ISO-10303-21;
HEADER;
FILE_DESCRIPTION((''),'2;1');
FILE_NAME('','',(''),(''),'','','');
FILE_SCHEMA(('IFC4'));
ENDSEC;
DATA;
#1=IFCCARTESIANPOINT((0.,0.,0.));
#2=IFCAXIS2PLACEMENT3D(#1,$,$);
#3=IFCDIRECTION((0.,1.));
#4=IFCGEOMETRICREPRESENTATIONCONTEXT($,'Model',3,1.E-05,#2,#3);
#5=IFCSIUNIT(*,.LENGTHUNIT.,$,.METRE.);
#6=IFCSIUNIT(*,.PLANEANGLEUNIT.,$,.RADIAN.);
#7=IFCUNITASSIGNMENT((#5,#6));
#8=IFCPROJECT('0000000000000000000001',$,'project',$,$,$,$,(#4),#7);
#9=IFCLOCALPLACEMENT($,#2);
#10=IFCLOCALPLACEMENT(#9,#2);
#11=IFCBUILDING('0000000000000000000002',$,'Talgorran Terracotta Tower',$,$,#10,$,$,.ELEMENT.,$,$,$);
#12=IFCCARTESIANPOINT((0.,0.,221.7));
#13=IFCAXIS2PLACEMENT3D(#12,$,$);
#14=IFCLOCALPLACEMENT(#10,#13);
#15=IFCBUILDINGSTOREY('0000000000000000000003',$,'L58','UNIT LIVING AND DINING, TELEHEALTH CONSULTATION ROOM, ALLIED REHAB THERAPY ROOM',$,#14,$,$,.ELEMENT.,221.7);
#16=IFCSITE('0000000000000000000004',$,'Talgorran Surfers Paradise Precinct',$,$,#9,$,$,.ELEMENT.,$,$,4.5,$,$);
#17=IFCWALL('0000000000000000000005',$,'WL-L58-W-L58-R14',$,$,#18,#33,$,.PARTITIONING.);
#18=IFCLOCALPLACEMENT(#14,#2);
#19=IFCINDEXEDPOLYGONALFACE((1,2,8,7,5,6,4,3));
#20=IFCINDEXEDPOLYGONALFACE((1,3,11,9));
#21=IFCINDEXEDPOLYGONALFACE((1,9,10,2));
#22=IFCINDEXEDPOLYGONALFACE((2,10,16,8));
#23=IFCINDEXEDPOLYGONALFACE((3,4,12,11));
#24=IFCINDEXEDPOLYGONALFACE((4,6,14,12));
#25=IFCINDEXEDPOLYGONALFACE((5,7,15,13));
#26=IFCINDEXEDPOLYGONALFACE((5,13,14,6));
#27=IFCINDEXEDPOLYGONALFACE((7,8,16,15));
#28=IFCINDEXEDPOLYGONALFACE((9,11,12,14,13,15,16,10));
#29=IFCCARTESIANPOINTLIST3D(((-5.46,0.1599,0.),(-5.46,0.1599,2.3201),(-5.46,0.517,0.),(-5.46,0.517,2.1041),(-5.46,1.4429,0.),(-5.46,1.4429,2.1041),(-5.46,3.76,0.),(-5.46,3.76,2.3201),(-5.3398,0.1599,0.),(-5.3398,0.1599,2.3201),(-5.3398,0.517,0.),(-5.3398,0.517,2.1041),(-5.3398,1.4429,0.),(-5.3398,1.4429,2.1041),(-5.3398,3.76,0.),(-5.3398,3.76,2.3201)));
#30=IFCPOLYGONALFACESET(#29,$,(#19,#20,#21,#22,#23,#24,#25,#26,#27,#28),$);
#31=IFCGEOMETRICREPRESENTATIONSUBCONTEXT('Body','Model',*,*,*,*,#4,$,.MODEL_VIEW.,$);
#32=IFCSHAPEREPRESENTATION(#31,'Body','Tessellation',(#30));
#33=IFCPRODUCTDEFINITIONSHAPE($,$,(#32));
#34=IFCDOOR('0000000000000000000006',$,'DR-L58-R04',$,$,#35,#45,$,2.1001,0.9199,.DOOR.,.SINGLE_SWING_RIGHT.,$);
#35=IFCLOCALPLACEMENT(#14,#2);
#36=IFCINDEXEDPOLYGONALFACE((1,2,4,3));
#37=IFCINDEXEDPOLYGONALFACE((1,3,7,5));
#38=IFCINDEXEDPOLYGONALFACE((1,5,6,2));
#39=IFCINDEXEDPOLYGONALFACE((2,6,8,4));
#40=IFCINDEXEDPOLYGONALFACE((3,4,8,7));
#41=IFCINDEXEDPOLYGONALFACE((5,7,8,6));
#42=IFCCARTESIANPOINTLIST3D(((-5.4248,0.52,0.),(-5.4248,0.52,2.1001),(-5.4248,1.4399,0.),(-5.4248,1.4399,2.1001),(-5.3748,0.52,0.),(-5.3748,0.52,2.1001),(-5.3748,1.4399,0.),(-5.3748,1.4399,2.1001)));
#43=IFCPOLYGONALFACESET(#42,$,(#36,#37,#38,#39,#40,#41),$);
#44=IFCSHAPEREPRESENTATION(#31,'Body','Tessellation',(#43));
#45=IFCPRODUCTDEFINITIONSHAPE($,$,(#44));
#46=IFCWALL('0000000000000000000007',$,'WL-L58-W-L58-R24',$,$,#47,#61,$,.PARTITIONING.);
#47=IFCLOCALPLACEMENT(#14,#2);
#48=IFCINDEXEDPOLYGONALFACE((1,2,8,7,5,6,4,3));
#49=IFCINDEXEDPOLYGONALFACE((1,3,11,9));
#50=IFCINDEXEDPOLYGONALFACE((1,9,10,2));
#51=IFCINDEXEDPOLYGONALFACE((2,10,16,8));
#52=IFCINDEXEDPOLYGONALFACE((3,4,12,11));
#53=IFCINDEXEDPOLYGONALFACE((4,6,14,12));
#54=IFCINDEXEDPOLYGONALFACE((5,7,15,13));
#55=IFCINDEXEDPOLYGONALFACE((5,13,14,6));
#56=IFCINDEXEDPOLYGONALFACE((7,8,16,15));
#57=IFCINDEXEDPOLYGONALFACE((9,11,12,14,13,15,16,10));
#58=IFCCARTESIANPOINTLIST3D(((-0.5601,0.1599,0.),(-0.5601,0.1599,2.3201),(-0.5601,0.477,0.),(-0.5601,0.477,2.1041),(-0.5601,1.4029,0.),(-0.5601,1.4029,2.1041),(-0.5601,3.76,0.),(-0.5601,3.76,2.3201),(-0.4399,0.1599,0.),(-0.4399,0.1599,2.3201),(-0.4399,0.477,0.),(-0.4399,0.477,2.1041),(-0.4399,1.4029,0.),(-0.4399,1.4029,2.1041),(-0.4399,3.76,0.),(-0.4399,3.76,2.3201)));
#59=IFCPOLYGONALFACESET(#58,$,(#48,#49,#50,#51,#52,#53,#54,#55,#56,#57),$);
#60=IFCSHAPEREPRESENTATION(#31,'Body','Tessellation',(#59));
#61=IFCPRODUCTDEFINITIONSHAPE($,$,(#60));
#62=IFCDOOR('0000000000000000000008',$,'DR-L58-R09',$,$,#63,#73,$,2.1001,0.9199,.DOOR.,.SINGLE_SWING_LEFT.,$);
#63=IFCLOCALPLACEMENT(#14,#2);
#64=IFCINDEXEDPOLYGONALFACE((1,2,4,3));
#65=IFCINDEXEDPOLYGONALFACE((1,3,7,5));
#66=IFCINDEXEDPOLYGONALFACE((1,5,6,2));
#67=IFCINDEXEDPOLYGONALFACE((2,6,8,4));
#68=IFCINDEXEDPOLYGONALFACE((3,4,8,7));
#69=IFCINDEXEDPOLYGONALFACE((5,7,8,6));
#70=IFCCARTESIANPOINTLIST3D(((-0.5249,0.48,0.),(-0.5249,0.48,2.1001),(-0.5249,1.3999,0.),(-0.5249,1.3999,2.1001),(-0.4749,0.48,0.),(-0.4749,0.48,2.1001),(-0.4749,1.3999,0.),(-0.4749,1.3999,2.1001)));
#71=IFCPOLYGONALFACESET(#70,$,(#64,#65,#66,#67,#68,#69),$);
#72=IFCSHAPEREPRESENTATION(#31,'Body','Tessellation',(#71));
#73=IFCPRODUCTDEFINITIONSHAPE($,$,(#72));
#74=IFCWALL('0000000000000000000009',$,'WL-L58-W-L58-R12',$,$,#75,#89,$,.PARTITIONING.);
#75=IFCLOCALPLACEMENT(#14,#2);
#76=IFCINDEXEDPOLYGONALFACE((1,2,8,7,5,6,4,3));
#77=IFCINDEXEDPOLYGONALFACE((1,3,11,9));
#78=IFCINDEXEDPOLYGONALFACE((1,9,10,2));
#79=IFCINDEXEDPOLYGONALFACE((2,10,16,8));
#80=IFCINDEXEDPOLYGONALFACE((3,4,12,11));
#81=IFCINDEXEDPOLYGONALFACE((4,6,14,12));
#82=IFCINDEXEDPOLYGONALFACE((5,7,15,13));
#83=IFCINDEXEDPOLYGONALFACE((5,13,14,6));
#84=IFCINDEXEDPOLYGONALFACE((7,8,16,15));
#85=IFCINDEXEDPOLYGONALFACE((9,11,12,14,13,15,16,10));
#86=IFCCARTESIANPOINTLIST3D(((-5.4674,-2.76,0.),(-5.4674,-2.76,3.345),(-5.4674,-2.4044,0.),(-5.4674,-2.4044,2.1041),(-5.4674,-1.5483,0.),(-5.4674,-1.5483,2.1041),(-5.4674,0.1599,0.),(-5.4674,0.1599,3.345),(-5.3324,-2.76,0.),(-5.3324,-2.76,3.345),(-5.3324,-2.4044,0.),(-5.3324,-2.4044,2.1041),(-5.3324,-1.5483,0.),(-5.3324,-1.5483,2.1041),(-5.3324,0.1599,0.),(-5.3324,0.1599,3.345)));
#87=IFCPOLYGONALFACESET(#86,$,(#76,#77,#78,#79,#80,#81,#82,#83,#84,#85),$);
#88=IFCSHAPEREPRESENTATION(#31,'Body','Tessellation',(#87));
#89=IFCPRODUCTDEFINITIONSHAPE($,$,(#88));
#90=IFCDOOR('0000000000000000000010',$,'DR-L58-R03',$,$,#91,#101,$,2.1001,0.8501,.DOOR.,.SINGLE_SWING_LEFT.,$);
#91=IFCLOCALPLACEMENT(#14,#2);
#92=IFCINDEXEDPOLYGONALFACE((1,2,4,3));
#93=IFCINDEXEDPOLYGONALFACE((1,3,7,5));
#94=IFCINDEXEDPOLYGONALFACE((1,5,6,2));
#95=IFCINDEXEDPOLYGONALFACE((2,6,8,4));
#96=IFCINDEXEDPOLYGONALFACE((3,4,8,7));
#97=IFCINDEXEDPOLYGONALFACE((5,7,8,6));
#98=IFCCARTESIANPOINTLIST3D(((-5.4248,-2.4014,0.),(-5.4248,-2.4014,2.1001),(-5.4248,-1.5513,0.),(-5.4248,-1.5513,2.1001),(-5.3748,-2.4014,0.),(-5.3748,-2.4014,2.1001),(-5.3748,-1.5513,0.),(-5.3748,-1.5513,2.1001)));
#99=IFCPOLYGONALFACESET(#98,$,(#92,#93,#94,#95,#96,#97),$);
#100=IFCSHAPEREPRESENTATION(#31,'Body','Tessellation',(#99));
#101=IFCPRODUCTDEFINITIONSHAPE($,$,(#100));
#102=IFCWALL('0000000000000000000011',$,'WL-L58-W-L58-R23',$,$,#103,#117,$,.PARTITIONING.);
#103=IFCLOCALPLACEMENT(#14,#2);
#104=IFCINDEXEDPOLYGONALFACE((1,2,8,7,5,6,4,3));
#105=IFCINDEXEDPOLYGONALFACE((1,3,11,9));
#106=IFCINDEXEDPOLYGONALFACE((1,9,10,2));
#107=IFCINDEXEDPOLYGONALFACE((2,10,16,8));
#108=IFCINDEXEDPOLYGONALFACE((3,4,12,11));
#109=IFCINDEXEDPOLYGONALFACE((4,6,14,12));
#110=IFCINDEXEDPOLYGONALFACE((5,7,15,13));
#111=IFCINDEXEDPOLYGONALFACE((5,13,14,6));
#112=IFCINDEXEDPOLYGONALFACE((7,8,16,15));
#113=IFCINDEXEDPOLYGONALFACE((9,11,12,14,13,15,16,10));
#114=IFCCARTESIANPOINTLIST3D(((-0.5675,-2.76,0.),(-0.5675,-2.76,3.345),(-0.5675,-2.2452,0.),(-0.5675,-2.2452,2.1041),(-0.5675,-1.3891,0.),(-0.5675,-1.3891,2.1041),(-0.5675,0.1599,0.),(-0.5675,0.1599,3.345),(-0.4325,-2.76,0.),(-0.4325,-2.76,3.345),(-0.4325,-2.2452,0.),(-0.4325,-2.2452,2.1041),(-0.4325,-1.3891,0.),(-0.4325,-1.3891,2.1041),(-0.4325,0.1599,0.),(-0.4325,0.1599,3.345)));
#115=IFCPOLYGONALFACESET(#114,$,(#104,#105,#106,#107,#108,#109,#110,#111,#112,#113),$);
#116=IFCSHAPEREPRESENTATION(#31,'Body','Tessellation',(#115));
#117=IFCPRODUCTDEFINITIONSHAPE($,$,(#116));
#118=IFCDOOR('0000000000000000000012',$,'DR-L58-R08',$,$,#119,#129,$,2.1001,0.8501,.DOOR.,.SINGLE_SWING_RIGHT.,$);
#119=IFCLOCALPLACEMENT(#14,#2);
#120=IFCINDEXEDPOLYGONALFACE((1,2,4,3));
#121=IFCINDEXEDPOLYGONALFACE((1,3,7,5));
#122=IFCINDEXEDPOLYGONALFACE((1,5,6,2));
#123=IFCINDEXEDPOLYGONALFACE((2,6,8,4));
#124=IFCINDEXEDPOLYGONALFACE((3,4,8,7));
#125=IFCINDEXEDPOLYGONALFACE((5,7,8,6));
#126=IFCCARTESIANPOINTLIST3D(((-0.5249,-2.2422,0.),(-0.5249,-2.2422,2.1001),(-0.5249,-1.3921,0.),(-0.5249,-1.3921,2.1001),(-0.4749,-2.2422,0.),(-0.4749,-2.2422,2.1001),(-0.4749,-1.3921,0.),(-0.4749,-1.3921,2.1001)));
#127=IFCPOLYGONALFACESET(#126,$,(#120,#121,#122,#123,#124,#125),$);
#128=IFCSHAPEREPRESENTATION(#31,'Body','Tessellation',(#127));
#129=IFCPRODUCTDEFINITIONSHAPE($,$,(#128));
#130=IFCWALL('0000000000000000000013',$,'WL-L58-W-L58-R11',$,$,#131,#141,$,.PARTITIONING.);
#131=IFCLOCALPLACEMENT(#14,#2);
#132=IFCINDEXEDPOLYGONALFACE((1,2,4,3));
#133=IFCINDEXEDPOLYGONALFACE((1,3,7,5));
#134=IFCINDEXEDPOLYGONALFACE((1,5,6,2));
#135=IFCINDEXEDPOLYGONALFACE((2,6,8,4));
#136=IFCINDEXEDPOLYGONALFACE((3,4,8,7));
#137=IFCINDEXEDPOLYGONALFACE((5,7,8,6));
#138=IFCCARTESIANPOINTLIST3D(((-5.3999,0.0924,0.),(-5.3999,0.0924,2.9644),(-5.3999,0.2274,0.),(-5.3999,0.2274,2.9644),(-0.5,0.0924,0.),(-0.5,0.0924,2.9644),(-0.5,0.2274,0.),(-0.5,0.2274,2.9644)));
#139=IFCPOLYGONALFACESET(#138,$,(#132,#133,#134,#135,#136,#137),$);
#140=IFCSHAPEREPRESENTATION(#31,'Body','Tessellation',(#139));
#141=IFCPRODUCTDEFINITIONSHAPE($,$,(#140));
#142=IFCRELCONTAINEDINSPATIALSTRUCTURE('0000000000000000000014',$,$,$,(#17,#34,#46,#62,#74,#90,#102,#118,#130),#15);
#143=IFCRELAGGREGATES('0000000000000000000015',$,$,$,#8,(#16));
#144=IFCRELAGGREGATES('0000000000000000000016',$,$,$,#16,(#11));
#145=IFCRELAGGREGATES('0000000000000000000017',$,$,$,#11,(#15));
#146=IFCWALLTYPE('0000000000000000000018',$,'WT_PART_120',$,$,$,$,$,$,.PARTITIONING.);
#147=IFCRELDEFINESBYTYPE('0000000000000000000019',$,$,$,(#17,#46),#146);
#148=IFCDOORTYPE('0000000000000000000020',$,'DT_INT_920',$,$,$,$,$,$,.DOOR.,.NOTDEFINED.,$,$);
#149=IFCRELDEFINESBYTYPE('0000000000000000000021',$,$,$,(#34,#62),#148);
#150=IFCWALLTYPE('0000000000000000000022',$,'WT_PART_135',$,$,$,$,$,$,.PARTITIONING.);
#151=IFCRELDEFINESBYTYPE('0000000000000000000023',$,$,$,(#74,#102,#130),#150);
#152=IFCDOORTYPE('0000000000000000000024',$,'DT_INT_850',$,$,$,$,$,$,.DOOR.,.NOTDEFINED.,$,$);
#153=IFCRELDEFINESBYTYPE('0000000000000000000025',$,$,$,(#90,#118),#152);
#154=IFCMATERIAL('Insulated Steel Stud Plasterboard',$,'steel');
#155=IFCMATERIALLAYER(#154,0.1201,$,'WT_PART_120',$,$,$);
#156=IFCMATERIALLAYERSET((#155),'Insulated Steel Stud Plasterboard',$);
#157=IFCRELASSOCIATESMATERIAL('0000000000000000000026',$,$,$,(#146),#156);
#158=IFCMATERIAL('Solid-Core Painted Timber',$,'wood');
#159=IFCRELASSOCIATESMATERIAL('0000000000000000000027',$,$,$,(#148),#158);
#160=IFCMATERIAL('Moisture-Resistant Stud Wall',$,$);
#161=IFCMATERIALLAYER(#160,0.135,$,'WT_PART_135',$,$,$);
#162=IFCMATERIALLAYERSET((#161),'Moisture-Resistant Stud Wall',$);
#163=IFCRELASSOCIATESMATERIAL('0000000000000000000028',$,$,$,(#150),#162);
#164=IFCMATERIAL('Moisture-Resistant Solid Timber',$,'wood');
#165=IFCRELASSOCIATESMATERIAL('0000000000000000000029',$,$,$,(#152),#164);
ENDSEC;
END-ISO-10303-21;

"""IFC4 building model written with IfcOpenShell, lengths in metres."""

from ifc_helpers import new_model, si_unit, direction, frame, frame_2d, origin, place, context, subcontext, project, spatial, rectangle, extrude, material, layer, layer_set, type_object, element, fill, save


model = new_model("IFC4")

# Units and contexts
model_context = context("Model", 3, precision=1e-05, world=origin(), true_north=direction((0.0, 1.0)))
body_context = subcontext(model_context, "Body", "Model", "MODEL_VIEW")
ifc_project = project(units=[si_unit("LENGTHUNIT", "METRE"), si_unit("PLANEANGLEUNIT", "RADIAN")], contexts=[model_context])

# Site, building, storey
site_placement = place(None, origin())
site = spatial("IfcSite", under=ifc_project, at=site_placement, Name="Talgorran Surfers Paradise Precinct", CompositionType="ELEMENT", RefElevation=4.5)
building_placement = place(site_placement, origin())
building = spatial("IfcBuilding", under=site, at=building_placement, Name="Talgorran Terracotta Tower", CompositionType="ELEMENT")
storey_placement = place(building_placement, frame((0.0, 0.0, 221.7)))
storey = spatial("IfcBuildingStorey", under=building, at=storey_placement, Name="L58", Description="UNIT LIVING AND DINING, TELEHEALTH CONSULTATION ROOM, ALLIED REHAB THERAPY ROOM", CompositionType="ELEMENT", Elevation=221.7)

# Walls, openings, doors
ifc_material_1 = material(Name="Insulated Steel Stud Plasterboard", Category="steel")
ifc_layer_1 = layer(ifc_material_1, 0.1201, Name="WT_PART_120")
ifc_layer_set_1 = layer_set([ifc_layer_1], Name="Insulated Steel Stud Plasterboard")
wall_type_1 = type_object("IfcWallType", Name="WT_PART_120", PredefinedType="PARTITIONING", material=ifc_layer_set_1)
wall_1_placement = place(storey_placement, frame((-5.3999, 0.1599, 0.0), z_axis=(0.0, 0.0, 1.0), x_axis=(0.0, 1.0, 0.0)))
wall_1 = element("IfcWall", 1, at=wall_1_placement, inside=storey, type_object=wall_type_1, Name="WL-L58-W-L58-R14", PredefinedType="PARTITIONING", context=body_context, shape_type="SweptSolid", body=[
    extrude(rectangle(XDim=3.6001, YDim=0.1201, at=frame_2d((1.8, 0.0))), origin(), (0.0, 0.0, 1.0), 2.3201),
])
opening_1_placement = place(wall_1_placement, frame((0.3601, 0.0, 0.0)))
opening_1 = element("IfcOpeningElement", 2, at=opening_1_placement, cuts=wall_1, PredefinedType="OPENING", context=body_context, shape_type="SweptSolid", body=[
    extrude(rectangle(XDim=0.9259, YDim=2.1041, at=frame_2d((0.46, 1.052))), frame((0.0, 0.0701, 0.0), z_axis=(0.0, -1.0, 0.0), x_axis=(1.0, 0.0, 0.0)), (0.0, 0.0, 1.0), 0.1401),
])
ifc_material_2 = material(Name="Solid-Core Painted Timber", Category="wood")
door_type_1 = type_object("IfcDoorType", Name="DT_INT_920", OperationType="NOTDEFINED", PredefinedType="DOOR", material=ifc_material_2)
door_1_placement = place(opening_1_placement, origin())
door_1 = element("IfcDoor", 3, at=door_1_placement, inside=storey, type_object=door_type_1, Name="DR-L58-R04", OperationType="SINGLE_SWING_RIGHT", OverallHeight=2.1001, OverallWidth=0.9199, PredefinedType="DOOR", context=body_context, shape_type="SweptSolid", body=[
    extrude(rectangle(XDim=0.9199, YDim=2.1001, at=frame_2d((0.46, 1.05))), frame((0.0, 0.0249, 0.0), z_axis=(0.0, -1.0, 0.0), x_axis=(1.0, 0.0, 0.0)), (0.0, 0.0, 1.0), 0.05),
])
fill(opening_1, door_1)
wall_2_placement = place(storey_placement, frame((-0.5, 0.1599, 0.0), z_axis=(0.0, 0.0, 1.0), x_axis=(0.0, 1.0, 0.0)))
wall_2 = element("IfcWall", 4, at=wall_2_placement, inside=storey, type_object=wall_type_1, Name="WL-L58-W-L58-R24", PredefinedType="PARTITIONING", context=body_context, shape_type="SweptSolid", body=[
    extrude(rectangle(XDim=3.6001, YDim=0.1201, at=frame_2d((1.8, 0.0))), origin(), (0.0, 0.0, 1.0), 2.3201),
])
opening_2_placement = place(wall_2_placement, frame((0.3201, 0.0, 0.0)))
opening_2 = element("IfcOpeningElement", 5, at=opening_2_placement, cuts=wall_2, PredefinedType="OPENING", context=body_context, shape_type="SweptSolid", body=[
    extrude(rectangle(XDim=0.9259, YDim=2.1041, at=frame_2d((0.46, 1.052))), frame((0.0, 0.0701, 0.0), z_axis=(0.0, -1.0, 0.0), x_axis=(1.0, 0.0, 0.0)), (0.0, 0.0, 1.0), 0.1401),
])
door_2_placement = place(opening_2_placement, origin())
door_2 = element("IfcDoor", 6, at=door_2_placement, inside=storey, type_object=door_type_1, Name="DR-L58-R09", OperationType="SINGLE_SWING_LEFT", OverallHeight=2.1001, OverallWidth=0.9199, PredefinedType="DOOR", context=body_context, shape_type="SweptSolid", body=[
    extrude(rectangle(XDim=0.9199, YDim=2.1001, at=frame_2d((0.46, 1.05))), frame((0.0, 0.0249, 0.0), z_axis=(0.0, -1.0, 0.0), x_axis=(1.0, 0.0, 0.0)), (0.0, 0.0, 1.0), 0.05),
])
fill(opening_2, door_2)
ifc_material_3 = material(Name="Moisture-Resistant Stud Wall")
ifc_layer_2 = layer(ifc_material_3, 0.135, Name="WT_PART_135")
ifc_layer_set_2 = layer_set([ifc_layer_2], Name="Moisture-Resistant Stud Wall")
wall_type_2 = type_object("IfcWallType", Name="WT_PART_135", PredefinedType="PARTITIONING", material=ifc_layer_set_2)
wall_3_placement = place(storey_placement, frame((-5.3999, -2.76, 0.0), z_axis=(0.0, 0.0, 1.0), x_axis=(0.0, 1.0, 0.0)))
wall_3 = element("IfcWall", 7, at=wall_3_placement, inside=storey, type_object=wall_type_2, Name="WL-L58-W-L58-R12", PredefinedType="PARTITIONING", context=body_context, shape_type="SweptSolid", body=[
    extrude(rectangle(XDim=2.9199, YDim=0.135, at=frame_2d((1.46, 0.0))), origin(), (0.0, 0.0, 1.0), 3.345),
])
opening_3_placement = place(wall_3_placement, frame((0.3586, 0.0, 0.0)))
opening_3 = element("IfcOpeningElement", 8, at=opening_3_placement, cuts=wall_3, PredefinedType="OPENING", context=body_context, shape_type="SweptSolid", body=[
    extrude(rectangle(XDim=0.8561, YDim=2.1041, at=frame_2d((0.425, 1.052))), frame((0.0, 0.0776, 0.0), z_axis=(0.0, -1.0, 0.0), x_axis=(1.0, 0.0, 0.0)), (0.0, 0.0, 1.0), 0.155),
])
ifc_material_4 = material(Name="Moisture-Resistant Solid Timber", Category="wood")
door_type_2 = type_object("IfcDoorType", Name="DT_INT_850", OperationType="NOTDEFINED", PredefinedType="DOOR", material=ifc_material_4)
door_3_placement = place(opening_3_placement, origin())
door_3 = element("IfcDoor", 9, at=door_3_placement, inside=storey, type_object=door_type_2, Name="DR-L58-R03", OperationType="SINGLE_SWING_LEFT", OverallHeight=2.1001, OverallWidth=0.8501, PredefinedType="DOOR", context=body_context, shape_type="SweptSolid", body=[
    extrude(rectangle(XDim=0.8501, YDim=2.1001, at=frame_2d((0.425, 1.05))), frame((0.0, 0.0249, 0.0), z_axis=(0.0, -1.0, 0.0), x_axis=(1.0, 0.0, 0.0)), (0.0, 0.0, 1.0), 0.05),
])
fill(opening_3, door_3)
wall_4_placement = place(storey_placement, frame((-0.5, -2.76, 0.0), z_axis=(0.0, 0.0, 1.0), x_axis=(0.0, 1.0, 0.0)))
wall_4 = element("IfcWall", 10, at=wall_4_placement, inside=storey, type_object=wall_type_2, Name="WL-L58-W-L58-R23", PredefinedType="PARTITIONING", context=body_context, shape_type="SweptSolid", body=[
    extrude(rectangle(XDim=2.9199, YDim=0.135, at=frame_2d((1.46, 0.0))), origin(), (0.0, 0.0, 1.0), 3.345),
])
opening_4_placement = place(wall_4_placement, frame((0.5178, 0.0, 0.0)))
opening_4 = element("IfcOpeningElement", 11, at=opening_4_placement, cuts=wall_4, PredefinedType="OPENING", context=body_context, shape_type="SweptSolid", body=[
    extrude(rectangle(XDim=0.8561, YDim=2.1041, at=frame_2d((0.425, 1.052))), frame((0.0, 0.0776, 0.0), z_axis=(0.0, -1.0, 0.0), x_axis=(1.0, 0.0, 0.0)), (0.0, 0.0, 1.0), 0.155),
])
door_4_placement = place(opening_4_placement, origin())
door_4 = element("IfcDoor", 12, at=door_4_placement, inside=storey, type_object=door_type_2, Name="DR-L58-R08", OperationType="SINGLE_SWING_RIGHT", OverallHeight=2.1001, OverallWidth=0.8501, PredefinedType="DOOR", context=body_context, shape_type="SweptSolid", body=[
    extrude(rectangle(XDim=0.8501, YDim=2.1001, at=frame_2d((0.425, 1.05))), frame((0.0, 0.0249, 0.0), z_axis=(0.0, -1.0, 0.0), x_axis=(1.0, 0.0, 0.0)), (0.0, 0.0, 1.0), 0.05),
])
fill(opening_4, door_4)

# Wall
wall_5_placement = place(storey_placement, frame((-5.3999, 0.1599, 0.0), z_axis=(0.0, 0.0, 1.0), x_axis=(1.0, 0.0, 0.0)))
element("IfcWall", 13, at=wall_5_placement, inside=storey, type_object=wall_type_2, Name="WL-L58-W-L58-R11", PredefinedType="PARTITIONING", context=body_context, shape_type="SweptSolid", body=[
    extrude(rectangle(XDim=4.8999, YDim=0.135, at=frame_2d((2.45, 0.0))), origin(), (0.0, 0.0, 1.0), 2.9644),
])

save(model, "model.ifc")
